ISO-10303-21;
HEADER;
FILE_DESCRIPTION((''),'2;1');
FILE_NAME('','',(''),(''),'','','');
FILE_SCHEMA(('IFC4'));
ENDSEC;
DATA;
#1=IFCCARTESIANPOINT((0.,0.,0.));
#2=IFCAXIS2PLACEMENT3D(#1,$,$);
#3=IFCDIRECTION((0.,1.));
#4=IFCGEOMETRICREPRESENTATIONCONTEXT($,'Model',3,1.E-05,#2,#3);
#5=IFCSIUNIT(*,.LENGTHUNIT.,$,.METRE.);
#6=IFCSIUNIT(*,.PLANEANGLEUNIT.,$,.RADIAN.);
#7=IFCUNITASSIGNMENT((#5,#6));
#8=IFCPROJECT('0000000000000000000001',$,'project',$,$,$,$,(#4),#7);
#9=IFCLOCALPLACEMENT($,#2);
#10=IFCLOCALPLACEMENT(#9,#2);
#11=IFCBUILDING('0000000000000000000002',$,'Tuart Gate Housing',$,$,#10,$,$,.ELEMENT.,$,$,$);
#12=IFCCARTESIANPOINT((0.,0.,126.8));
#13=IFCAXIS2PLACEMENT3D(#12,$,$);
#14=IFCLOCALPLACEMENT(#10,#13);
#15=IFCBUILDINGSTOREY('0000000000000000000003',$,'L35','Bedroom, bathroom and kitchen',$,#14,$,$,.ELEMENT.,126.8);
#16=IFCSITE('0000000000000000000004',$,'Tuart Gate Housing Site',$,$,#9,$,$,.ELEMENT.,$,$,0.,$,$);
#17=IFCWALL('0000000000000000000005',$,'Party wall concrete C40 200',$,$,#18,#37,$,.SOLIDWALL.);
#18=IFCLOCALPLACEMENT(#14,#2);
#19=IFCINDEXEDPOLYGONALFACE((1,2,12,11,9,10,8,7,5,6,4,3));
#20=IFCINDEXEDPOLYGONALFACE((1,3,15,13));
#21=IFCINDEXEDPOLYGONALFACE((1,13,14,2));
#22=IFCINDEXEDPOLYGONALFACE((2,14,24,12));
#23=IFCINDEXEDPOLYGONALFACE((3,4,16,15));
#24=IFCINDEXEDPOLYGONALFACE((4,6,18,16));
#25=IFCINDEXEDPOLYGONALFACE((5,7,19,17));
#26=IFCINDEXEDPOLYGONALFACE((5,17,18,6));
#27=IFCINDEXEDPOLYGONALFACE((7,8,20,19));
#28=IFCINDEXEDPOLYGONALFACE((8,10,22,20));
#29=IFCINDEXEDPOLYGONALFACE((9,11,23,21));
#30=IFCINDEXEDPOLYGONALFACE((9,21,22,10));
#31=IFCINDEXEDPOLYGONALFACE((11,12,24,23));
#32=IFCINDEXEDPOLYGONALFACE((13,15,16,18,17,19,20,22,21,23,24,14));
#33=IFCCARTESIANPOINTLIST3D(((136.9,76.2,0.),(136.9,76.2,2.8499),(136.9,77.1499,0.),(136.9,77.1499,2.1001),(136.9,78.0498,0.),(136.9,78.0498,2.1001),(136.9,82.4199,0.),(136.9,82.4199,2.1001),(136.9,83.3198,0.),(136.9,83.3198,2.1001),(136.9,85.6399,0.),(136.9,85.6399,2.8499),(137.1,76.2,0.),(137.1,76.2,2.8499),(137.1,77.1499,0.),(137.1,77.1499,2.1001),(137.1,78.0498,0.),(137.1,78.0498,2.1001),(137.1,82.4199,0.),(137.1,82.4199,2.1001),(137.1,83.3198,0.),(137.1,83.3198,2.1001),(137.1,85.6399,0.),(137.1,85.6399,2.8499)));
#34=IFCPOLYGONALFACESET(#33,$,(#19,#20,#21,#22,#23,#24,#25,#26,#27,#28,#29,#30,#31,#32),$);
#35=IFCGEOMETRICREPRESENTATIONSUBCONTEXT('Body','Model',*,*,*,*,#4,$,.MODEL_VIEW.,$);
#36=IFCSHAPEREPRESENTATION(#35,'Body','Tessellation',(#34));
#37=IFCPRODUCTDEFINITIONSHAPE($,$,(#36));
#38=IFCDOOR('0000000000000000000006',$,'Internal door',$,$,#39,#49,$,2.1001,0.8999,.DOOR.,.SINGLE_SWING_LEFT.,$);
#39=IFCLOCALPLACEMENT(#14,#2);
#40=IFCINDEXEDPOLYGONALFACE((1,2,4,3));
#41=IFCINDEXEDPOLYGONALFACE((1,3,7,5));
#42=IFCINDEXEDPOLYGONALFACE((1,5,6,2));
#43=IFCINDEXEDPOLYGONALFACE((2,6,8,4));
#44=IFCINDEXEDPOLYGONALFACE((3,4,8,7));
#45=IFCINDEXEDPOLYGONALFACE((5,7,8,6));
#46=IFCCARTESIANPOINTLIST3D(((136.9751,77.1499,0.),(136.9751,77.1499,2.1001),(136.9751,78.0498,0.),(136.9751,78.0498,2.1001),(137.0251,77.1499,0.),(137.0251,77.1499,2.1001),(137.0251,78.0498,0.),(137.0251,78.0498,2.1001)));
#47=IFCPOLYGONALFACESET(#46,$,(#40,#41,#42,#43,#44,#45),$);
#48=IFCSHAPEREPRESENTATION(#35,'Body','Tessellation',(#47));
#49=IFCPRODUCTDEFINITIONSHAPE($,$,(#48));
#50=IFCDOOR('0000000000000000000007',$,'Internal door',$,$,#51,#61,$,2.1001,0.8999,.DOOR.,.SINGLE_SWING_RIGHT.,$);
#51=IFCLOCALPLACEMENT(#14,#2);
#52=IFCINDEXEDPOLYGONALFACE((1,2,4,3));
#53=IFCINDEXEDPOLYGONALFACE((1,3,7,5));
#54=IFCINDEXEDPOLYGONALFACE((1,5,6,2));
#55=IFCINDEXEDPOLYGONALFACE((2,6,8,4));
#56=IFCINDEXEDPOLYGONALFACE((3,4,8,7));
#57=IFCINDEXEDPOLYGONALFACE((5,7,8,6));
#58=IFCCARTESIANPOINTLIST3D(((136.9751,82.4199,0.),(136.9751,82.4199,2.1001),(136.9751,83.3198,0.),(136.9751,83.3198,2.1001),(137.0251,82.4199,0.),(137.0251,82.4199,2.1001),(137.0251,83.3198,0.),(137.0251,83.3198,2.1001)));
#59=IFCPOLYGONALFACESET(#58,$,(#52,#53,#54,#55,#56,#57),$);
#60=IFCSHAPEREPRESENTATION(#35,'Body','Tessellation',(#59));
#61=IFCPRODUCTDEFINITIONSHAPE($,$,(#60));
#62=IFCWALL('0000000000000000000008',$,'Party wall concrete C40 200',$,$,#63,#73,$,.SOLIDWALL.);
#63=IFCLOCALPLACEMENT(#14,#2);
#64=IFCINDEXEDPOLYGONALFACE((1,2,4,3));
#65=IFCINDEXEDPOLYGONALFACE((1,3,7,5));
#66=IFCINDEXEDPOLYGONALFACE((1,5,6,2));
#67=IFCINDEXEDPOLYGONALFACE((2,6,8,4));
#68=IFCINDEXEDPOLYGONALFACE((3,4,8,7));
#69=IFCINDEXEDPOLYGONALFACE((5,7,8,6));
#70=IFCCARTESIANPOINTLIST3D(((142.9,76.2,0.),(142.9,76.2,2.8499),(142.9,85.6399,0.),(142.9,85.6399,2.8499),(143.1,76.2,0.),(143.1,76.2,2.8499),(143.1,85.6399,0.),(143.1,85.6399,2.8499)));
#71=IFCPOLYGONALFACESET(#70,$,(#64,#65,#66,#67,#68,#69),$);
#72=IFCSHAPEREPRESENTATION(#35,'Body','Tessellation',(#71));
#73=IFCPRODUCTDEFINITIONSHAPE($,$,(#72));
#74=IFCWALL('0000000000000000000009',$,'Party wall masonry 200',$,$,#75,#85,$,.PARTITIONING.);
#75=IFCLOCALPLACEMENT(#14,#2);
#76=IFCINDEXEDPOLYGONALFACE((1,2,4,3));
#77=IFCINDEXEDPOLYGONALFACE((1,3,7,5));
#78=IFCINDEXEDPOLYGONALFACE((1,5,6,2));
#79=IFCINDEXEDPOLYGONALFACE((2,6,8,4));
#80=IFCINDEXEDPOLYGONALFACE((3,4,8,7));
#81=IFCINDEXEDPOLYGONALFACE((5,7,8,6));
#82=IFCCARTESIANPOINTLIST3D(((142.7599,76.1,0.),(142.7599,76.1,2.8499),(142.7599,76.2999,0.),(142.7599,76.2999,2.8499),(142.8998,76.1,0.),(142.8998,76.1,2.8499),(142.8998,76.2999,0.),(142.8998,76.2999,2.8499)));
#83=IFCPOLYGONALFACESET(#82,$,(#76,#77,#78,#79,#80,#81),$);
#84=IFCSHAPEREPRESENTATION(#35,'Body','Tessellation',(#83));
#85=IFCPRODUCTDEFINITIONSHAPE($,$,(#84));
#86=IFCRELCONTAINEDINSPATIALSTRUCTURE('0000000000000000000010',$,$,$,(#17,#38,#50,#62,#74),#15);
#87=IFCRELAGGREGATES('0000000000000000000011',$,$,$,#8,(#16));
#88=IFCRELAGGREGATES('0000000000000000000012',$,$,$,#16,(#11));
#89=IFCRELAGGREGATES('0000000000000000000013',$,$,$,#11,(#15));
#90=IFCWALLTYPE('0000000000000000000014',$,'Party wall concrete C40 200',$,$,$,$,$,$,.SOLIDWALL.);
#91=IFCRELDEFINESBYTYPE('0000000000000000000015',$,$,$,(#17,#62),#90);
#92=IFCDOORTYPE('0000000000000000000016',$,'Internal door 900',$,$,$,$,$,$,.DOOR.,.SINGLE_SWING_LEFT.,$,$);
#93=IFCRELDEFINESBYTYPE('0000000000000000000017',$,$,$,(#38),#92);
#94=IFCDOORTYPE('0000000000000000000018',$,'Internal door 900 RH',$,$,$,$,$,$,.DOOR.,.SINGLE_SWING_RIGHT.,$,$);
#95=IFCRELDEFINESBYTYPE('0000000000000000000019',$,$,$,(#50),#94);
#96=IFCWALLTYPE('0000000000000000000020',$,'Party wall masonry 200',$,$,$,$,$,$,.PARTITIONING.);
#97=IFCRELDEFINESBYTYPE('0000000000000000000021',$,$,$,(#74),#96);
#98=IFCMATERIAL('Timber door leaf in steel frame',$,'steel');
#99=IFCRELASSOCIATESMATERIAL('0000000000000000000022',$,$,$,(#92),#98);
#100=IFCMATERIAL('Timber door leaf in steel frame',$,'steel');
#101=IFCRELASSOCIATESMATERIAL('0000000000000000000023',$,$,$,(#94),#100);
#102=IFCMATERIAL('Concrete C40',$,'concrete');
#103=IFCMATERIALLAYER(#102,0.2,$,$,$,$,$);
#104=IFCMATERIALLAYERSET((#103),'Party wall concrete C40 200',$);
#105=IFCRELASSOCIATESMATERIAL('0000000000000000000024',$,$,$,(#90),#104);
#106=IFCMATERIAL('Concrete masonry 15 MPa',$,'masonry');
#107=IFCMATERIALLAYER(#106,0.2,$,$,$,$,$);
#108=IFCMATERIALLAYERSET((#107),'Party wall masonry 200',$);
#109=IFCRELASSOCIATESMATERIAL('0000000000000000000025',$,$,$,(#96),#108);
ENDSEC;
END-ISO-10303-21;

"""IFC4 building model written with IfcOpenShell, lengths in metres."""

from ifc_helpers import new_model, si_unit, direction, frame, frame_2d, origin, place, context, subcontext, project, spatial, rectangle, extrude, material, layer, layer_set, type_object, element, fill, save


model = new_model("IFC4")

# Units and contexts
model_context = context("Model", 3, precision=1e-05, world=origin(), true_north=direction((0.0, 1.0)))
body_context = subcontext(model_context, "Body", "Model", "MODEL_VIEW")
ifc_project = project(units=[si_unit("LENGTHUNIT", "METRE"), si_unit("PLANEANGLEUNIT", "RADIAN")], contexts=[model_context])

# Site, building, storey
site_placement = place(None, origin())
site = spatial("IfcSite", under=ifc_project, at=site_placement, Name="Tuart Gate Housing Site", CompositionType="ELEMENT", RefElevation=0.0)
building_placement = place(site_placement, origin())
building = spatial("IfcBuilding", under=site, at=building_placement, Name="Tuart Gate Housing", CompositionType="ELEMENT")
storey_placement = place(building_placement, frame((0.0, 0.0, 126.8)))
storey = spatial("IfcBuildingStorey", under=building, at=storey_placement, Name="L35", Description="Bedroom, bathroom and kitchen", CompositionType="ELEMENT", Elevation=126.8)

# Shared definitions
ifc_material_1 = material(Name="Timber door leaf in steel frame", Category="steel")
door_type_1 = type_object("IfcDoorType", Name="Internal door 900", OperationType="SINGLE_SWING_LEFT", PredefinedType="DOOR", material=ifc_material_1)

# Shared definitions
ifc_material_2 = material(Name="Timber door leaf in steel frame", Category="steel")
door_type_2 = type_object("IfcDoorType", Name="Internal door 900 RH", OperationType="SINGLE_SWING_RIGHT", PredefinedType="DOOR", material=ifc_material_2)

# Wall, openings, doors
ifc_material_3 = material(Name="Concrete C40", Category="concrete")
ifc_layer_1 = layer(ifc_material_3, 0.2)
ifc_layer_set_1 = layer_set([ifc_layer_1], Name="Party wall concrete C40 200")
wall_type_1 = type_object("IfcWallType", Name="Party wall concrete C40 200", PredefinedType="SOLIDWALL", material=ifc_layer_set_1)
wall_1_placement = place(storey_placement, frame((137.0, 76.2, 0.0), z_axis=(0.0, 0.0, 1.0), x_axis=(0.0, 1.0, 0.0)))
wall_1 = element("IfcWall", 1, at=wall_1_placement, inside=storey, type_object=wall_type_1, Name="Party wall concrete C40 200", PredefinedType="SOLIDWALL", context=body_context, shape_type="SweptSolid", body=[
    extrude(rectangle(XDim=9.4399, YDim=0.2, at=frame_2d((4.72, 0.0))), origin(), (0.0, 0.0, 1.0), 2.8499),
])
opening_1_placement = place(wall_1_placement, frame((6.22, 0.0, 0.0)))
opening_1 = element("IfcOpeningElement", 2, at=opening_1_placement, cuts=wall_1, PredefinedType="OPENING", context=body_context, shape_type="SweptSolid", body=[
    extrude(rectangle(XDim=0.8999, YDim=2.1001, at=frame_2d((0.45, 1.05))), frame((0.0, 0.1099, 0.0), z_axis=(0.0, -1.0, 0.0), x_axis=(1.0, 0.0, 0.0)), (0.0, 0.0, 1.0), 0.22),
])
opening_2_placement = place(wall_1_placement, frame((0.95, 0.0, 0.0)))
opening_2 = element("IfcOpeningElement", 3, at=opening_2_placement, cuts=wall_1, PredefinedType="OPENING", context=body_context, shape_type="SweptSolid", body=[
    extrude(rectangle(XDim=0.8999, YDim=2.1001, at=frame_2d((0.45, 1.05))), frame((0.0, 0.1099, 0.0), z_axis=(0.0, -1.0, 0.0), x_axis=(1.0, 0.0, 0.0)), (0.0, 0.0, 1.0), 0.22),
])
door_1_placement = place(opening_2_placement, origin())
door_1 = element("IfcDoor", 4, at=door_1_placement, inside=storey, type_object=door_type_1, Name="Internal door", OperationType="SINGLE_SWING_LEFT", OverallHeight=2.1001, OverallWidth=0.8999, PredefinedType="DOOR", context=body_context, shape_type="SweptSolid", body=[
    extrude(rectangle(XDim=0.8999, YDim=2.1001, at=frame_2d((0.45, 1.05))), frame((0.0, 0.0249, 0.0), z_axis=(0.0, -1.0, 0.0), x_axis=(1.0, 0.0, 0.0)), (0.0, 0.0, 1.0), 0.05),
])
fill(opening_2, door_1)
door_2_placement = place(opening_1_placement, origin())
door_2 = element("IfcDoor", 5, at=door_2_placement, inside=storey, type_object=door_type_2, Name="Internal door", OperationType="SINGLE_SWING_RIGHT", OverallHeight=2.1001, OverallWidth=0.8999, PredefinedType="DOOR", context=body_context, shape_type="SweptSolid", body=[
    extrude(rectangle(XDim=0.8999, YDim=2.1001, at=frame_2d((0.45, 1.05))), frame((0.0, 0.0249, 0.0), z_axis=(0.0, -1.0, 0.0), x_axis=(1.0, 0.0, 0.0)), (0.0, 0.0, 1.0), 0.05),
])
fill(opening_1, door_2)

# Walls
wall_2_placement = place(storey_placement, frame((143.0, 76.2, 0.0), z_axis=(0.0, 0.0, 1.0), x_axis=(0.0, 1.0, 0.0)))
element("IfcWall", 6, at=wall_2_placement, inside=storey, type_object=wall_type_1, Name="Party wall concrete C40 200", PredefinedType="SOLIDWALL", context=body_context, shape_type="SweptSolid", body=[
    extrude(rectangle(XDim=9.4399, YDim=0.2, at=frame_2d((4.72, 0.0))), origin(), (0.0, 0.0, 1.0), 2.8499),
])
ifc_material_4 = material(Name="Concrete masonry 15 MPa", Category="masonry")
ifc_layer_2 = layer(ifc_material_4, 0.2)
ifc_layer_set_2 = layer_set([ifc_layer_2], Name="Party wall masonry 200")
wall_type_2 = type_object("IfcWallType", Name="Party wall masonry 200", PredefinedType="PARTITIONING", material=ifc_layer_set_2)
wall_3_placement = place(storey_placement, frame((142.76, 76.2, 0.0), z_axis=(0.0, 0.0, 1.0), x_axis=(1.0, 0.0, 0.0)))
element("IfcWall", 7, at=wall_3_placement, inside=storey, type_object=wall_type_2, Name="Party wall masonry 200", PredefinedType="PARTITIONING", context=body_context, shape_type="SweptSolid", body=[
    extrude(rectangle(XDim=0.1399, YDim=0.2, at=frame_2d((0.0698, 0.0))), origin(), (0.0, 0.0, 1.0), 2.8499),
])

save(model, "model.ifc")
